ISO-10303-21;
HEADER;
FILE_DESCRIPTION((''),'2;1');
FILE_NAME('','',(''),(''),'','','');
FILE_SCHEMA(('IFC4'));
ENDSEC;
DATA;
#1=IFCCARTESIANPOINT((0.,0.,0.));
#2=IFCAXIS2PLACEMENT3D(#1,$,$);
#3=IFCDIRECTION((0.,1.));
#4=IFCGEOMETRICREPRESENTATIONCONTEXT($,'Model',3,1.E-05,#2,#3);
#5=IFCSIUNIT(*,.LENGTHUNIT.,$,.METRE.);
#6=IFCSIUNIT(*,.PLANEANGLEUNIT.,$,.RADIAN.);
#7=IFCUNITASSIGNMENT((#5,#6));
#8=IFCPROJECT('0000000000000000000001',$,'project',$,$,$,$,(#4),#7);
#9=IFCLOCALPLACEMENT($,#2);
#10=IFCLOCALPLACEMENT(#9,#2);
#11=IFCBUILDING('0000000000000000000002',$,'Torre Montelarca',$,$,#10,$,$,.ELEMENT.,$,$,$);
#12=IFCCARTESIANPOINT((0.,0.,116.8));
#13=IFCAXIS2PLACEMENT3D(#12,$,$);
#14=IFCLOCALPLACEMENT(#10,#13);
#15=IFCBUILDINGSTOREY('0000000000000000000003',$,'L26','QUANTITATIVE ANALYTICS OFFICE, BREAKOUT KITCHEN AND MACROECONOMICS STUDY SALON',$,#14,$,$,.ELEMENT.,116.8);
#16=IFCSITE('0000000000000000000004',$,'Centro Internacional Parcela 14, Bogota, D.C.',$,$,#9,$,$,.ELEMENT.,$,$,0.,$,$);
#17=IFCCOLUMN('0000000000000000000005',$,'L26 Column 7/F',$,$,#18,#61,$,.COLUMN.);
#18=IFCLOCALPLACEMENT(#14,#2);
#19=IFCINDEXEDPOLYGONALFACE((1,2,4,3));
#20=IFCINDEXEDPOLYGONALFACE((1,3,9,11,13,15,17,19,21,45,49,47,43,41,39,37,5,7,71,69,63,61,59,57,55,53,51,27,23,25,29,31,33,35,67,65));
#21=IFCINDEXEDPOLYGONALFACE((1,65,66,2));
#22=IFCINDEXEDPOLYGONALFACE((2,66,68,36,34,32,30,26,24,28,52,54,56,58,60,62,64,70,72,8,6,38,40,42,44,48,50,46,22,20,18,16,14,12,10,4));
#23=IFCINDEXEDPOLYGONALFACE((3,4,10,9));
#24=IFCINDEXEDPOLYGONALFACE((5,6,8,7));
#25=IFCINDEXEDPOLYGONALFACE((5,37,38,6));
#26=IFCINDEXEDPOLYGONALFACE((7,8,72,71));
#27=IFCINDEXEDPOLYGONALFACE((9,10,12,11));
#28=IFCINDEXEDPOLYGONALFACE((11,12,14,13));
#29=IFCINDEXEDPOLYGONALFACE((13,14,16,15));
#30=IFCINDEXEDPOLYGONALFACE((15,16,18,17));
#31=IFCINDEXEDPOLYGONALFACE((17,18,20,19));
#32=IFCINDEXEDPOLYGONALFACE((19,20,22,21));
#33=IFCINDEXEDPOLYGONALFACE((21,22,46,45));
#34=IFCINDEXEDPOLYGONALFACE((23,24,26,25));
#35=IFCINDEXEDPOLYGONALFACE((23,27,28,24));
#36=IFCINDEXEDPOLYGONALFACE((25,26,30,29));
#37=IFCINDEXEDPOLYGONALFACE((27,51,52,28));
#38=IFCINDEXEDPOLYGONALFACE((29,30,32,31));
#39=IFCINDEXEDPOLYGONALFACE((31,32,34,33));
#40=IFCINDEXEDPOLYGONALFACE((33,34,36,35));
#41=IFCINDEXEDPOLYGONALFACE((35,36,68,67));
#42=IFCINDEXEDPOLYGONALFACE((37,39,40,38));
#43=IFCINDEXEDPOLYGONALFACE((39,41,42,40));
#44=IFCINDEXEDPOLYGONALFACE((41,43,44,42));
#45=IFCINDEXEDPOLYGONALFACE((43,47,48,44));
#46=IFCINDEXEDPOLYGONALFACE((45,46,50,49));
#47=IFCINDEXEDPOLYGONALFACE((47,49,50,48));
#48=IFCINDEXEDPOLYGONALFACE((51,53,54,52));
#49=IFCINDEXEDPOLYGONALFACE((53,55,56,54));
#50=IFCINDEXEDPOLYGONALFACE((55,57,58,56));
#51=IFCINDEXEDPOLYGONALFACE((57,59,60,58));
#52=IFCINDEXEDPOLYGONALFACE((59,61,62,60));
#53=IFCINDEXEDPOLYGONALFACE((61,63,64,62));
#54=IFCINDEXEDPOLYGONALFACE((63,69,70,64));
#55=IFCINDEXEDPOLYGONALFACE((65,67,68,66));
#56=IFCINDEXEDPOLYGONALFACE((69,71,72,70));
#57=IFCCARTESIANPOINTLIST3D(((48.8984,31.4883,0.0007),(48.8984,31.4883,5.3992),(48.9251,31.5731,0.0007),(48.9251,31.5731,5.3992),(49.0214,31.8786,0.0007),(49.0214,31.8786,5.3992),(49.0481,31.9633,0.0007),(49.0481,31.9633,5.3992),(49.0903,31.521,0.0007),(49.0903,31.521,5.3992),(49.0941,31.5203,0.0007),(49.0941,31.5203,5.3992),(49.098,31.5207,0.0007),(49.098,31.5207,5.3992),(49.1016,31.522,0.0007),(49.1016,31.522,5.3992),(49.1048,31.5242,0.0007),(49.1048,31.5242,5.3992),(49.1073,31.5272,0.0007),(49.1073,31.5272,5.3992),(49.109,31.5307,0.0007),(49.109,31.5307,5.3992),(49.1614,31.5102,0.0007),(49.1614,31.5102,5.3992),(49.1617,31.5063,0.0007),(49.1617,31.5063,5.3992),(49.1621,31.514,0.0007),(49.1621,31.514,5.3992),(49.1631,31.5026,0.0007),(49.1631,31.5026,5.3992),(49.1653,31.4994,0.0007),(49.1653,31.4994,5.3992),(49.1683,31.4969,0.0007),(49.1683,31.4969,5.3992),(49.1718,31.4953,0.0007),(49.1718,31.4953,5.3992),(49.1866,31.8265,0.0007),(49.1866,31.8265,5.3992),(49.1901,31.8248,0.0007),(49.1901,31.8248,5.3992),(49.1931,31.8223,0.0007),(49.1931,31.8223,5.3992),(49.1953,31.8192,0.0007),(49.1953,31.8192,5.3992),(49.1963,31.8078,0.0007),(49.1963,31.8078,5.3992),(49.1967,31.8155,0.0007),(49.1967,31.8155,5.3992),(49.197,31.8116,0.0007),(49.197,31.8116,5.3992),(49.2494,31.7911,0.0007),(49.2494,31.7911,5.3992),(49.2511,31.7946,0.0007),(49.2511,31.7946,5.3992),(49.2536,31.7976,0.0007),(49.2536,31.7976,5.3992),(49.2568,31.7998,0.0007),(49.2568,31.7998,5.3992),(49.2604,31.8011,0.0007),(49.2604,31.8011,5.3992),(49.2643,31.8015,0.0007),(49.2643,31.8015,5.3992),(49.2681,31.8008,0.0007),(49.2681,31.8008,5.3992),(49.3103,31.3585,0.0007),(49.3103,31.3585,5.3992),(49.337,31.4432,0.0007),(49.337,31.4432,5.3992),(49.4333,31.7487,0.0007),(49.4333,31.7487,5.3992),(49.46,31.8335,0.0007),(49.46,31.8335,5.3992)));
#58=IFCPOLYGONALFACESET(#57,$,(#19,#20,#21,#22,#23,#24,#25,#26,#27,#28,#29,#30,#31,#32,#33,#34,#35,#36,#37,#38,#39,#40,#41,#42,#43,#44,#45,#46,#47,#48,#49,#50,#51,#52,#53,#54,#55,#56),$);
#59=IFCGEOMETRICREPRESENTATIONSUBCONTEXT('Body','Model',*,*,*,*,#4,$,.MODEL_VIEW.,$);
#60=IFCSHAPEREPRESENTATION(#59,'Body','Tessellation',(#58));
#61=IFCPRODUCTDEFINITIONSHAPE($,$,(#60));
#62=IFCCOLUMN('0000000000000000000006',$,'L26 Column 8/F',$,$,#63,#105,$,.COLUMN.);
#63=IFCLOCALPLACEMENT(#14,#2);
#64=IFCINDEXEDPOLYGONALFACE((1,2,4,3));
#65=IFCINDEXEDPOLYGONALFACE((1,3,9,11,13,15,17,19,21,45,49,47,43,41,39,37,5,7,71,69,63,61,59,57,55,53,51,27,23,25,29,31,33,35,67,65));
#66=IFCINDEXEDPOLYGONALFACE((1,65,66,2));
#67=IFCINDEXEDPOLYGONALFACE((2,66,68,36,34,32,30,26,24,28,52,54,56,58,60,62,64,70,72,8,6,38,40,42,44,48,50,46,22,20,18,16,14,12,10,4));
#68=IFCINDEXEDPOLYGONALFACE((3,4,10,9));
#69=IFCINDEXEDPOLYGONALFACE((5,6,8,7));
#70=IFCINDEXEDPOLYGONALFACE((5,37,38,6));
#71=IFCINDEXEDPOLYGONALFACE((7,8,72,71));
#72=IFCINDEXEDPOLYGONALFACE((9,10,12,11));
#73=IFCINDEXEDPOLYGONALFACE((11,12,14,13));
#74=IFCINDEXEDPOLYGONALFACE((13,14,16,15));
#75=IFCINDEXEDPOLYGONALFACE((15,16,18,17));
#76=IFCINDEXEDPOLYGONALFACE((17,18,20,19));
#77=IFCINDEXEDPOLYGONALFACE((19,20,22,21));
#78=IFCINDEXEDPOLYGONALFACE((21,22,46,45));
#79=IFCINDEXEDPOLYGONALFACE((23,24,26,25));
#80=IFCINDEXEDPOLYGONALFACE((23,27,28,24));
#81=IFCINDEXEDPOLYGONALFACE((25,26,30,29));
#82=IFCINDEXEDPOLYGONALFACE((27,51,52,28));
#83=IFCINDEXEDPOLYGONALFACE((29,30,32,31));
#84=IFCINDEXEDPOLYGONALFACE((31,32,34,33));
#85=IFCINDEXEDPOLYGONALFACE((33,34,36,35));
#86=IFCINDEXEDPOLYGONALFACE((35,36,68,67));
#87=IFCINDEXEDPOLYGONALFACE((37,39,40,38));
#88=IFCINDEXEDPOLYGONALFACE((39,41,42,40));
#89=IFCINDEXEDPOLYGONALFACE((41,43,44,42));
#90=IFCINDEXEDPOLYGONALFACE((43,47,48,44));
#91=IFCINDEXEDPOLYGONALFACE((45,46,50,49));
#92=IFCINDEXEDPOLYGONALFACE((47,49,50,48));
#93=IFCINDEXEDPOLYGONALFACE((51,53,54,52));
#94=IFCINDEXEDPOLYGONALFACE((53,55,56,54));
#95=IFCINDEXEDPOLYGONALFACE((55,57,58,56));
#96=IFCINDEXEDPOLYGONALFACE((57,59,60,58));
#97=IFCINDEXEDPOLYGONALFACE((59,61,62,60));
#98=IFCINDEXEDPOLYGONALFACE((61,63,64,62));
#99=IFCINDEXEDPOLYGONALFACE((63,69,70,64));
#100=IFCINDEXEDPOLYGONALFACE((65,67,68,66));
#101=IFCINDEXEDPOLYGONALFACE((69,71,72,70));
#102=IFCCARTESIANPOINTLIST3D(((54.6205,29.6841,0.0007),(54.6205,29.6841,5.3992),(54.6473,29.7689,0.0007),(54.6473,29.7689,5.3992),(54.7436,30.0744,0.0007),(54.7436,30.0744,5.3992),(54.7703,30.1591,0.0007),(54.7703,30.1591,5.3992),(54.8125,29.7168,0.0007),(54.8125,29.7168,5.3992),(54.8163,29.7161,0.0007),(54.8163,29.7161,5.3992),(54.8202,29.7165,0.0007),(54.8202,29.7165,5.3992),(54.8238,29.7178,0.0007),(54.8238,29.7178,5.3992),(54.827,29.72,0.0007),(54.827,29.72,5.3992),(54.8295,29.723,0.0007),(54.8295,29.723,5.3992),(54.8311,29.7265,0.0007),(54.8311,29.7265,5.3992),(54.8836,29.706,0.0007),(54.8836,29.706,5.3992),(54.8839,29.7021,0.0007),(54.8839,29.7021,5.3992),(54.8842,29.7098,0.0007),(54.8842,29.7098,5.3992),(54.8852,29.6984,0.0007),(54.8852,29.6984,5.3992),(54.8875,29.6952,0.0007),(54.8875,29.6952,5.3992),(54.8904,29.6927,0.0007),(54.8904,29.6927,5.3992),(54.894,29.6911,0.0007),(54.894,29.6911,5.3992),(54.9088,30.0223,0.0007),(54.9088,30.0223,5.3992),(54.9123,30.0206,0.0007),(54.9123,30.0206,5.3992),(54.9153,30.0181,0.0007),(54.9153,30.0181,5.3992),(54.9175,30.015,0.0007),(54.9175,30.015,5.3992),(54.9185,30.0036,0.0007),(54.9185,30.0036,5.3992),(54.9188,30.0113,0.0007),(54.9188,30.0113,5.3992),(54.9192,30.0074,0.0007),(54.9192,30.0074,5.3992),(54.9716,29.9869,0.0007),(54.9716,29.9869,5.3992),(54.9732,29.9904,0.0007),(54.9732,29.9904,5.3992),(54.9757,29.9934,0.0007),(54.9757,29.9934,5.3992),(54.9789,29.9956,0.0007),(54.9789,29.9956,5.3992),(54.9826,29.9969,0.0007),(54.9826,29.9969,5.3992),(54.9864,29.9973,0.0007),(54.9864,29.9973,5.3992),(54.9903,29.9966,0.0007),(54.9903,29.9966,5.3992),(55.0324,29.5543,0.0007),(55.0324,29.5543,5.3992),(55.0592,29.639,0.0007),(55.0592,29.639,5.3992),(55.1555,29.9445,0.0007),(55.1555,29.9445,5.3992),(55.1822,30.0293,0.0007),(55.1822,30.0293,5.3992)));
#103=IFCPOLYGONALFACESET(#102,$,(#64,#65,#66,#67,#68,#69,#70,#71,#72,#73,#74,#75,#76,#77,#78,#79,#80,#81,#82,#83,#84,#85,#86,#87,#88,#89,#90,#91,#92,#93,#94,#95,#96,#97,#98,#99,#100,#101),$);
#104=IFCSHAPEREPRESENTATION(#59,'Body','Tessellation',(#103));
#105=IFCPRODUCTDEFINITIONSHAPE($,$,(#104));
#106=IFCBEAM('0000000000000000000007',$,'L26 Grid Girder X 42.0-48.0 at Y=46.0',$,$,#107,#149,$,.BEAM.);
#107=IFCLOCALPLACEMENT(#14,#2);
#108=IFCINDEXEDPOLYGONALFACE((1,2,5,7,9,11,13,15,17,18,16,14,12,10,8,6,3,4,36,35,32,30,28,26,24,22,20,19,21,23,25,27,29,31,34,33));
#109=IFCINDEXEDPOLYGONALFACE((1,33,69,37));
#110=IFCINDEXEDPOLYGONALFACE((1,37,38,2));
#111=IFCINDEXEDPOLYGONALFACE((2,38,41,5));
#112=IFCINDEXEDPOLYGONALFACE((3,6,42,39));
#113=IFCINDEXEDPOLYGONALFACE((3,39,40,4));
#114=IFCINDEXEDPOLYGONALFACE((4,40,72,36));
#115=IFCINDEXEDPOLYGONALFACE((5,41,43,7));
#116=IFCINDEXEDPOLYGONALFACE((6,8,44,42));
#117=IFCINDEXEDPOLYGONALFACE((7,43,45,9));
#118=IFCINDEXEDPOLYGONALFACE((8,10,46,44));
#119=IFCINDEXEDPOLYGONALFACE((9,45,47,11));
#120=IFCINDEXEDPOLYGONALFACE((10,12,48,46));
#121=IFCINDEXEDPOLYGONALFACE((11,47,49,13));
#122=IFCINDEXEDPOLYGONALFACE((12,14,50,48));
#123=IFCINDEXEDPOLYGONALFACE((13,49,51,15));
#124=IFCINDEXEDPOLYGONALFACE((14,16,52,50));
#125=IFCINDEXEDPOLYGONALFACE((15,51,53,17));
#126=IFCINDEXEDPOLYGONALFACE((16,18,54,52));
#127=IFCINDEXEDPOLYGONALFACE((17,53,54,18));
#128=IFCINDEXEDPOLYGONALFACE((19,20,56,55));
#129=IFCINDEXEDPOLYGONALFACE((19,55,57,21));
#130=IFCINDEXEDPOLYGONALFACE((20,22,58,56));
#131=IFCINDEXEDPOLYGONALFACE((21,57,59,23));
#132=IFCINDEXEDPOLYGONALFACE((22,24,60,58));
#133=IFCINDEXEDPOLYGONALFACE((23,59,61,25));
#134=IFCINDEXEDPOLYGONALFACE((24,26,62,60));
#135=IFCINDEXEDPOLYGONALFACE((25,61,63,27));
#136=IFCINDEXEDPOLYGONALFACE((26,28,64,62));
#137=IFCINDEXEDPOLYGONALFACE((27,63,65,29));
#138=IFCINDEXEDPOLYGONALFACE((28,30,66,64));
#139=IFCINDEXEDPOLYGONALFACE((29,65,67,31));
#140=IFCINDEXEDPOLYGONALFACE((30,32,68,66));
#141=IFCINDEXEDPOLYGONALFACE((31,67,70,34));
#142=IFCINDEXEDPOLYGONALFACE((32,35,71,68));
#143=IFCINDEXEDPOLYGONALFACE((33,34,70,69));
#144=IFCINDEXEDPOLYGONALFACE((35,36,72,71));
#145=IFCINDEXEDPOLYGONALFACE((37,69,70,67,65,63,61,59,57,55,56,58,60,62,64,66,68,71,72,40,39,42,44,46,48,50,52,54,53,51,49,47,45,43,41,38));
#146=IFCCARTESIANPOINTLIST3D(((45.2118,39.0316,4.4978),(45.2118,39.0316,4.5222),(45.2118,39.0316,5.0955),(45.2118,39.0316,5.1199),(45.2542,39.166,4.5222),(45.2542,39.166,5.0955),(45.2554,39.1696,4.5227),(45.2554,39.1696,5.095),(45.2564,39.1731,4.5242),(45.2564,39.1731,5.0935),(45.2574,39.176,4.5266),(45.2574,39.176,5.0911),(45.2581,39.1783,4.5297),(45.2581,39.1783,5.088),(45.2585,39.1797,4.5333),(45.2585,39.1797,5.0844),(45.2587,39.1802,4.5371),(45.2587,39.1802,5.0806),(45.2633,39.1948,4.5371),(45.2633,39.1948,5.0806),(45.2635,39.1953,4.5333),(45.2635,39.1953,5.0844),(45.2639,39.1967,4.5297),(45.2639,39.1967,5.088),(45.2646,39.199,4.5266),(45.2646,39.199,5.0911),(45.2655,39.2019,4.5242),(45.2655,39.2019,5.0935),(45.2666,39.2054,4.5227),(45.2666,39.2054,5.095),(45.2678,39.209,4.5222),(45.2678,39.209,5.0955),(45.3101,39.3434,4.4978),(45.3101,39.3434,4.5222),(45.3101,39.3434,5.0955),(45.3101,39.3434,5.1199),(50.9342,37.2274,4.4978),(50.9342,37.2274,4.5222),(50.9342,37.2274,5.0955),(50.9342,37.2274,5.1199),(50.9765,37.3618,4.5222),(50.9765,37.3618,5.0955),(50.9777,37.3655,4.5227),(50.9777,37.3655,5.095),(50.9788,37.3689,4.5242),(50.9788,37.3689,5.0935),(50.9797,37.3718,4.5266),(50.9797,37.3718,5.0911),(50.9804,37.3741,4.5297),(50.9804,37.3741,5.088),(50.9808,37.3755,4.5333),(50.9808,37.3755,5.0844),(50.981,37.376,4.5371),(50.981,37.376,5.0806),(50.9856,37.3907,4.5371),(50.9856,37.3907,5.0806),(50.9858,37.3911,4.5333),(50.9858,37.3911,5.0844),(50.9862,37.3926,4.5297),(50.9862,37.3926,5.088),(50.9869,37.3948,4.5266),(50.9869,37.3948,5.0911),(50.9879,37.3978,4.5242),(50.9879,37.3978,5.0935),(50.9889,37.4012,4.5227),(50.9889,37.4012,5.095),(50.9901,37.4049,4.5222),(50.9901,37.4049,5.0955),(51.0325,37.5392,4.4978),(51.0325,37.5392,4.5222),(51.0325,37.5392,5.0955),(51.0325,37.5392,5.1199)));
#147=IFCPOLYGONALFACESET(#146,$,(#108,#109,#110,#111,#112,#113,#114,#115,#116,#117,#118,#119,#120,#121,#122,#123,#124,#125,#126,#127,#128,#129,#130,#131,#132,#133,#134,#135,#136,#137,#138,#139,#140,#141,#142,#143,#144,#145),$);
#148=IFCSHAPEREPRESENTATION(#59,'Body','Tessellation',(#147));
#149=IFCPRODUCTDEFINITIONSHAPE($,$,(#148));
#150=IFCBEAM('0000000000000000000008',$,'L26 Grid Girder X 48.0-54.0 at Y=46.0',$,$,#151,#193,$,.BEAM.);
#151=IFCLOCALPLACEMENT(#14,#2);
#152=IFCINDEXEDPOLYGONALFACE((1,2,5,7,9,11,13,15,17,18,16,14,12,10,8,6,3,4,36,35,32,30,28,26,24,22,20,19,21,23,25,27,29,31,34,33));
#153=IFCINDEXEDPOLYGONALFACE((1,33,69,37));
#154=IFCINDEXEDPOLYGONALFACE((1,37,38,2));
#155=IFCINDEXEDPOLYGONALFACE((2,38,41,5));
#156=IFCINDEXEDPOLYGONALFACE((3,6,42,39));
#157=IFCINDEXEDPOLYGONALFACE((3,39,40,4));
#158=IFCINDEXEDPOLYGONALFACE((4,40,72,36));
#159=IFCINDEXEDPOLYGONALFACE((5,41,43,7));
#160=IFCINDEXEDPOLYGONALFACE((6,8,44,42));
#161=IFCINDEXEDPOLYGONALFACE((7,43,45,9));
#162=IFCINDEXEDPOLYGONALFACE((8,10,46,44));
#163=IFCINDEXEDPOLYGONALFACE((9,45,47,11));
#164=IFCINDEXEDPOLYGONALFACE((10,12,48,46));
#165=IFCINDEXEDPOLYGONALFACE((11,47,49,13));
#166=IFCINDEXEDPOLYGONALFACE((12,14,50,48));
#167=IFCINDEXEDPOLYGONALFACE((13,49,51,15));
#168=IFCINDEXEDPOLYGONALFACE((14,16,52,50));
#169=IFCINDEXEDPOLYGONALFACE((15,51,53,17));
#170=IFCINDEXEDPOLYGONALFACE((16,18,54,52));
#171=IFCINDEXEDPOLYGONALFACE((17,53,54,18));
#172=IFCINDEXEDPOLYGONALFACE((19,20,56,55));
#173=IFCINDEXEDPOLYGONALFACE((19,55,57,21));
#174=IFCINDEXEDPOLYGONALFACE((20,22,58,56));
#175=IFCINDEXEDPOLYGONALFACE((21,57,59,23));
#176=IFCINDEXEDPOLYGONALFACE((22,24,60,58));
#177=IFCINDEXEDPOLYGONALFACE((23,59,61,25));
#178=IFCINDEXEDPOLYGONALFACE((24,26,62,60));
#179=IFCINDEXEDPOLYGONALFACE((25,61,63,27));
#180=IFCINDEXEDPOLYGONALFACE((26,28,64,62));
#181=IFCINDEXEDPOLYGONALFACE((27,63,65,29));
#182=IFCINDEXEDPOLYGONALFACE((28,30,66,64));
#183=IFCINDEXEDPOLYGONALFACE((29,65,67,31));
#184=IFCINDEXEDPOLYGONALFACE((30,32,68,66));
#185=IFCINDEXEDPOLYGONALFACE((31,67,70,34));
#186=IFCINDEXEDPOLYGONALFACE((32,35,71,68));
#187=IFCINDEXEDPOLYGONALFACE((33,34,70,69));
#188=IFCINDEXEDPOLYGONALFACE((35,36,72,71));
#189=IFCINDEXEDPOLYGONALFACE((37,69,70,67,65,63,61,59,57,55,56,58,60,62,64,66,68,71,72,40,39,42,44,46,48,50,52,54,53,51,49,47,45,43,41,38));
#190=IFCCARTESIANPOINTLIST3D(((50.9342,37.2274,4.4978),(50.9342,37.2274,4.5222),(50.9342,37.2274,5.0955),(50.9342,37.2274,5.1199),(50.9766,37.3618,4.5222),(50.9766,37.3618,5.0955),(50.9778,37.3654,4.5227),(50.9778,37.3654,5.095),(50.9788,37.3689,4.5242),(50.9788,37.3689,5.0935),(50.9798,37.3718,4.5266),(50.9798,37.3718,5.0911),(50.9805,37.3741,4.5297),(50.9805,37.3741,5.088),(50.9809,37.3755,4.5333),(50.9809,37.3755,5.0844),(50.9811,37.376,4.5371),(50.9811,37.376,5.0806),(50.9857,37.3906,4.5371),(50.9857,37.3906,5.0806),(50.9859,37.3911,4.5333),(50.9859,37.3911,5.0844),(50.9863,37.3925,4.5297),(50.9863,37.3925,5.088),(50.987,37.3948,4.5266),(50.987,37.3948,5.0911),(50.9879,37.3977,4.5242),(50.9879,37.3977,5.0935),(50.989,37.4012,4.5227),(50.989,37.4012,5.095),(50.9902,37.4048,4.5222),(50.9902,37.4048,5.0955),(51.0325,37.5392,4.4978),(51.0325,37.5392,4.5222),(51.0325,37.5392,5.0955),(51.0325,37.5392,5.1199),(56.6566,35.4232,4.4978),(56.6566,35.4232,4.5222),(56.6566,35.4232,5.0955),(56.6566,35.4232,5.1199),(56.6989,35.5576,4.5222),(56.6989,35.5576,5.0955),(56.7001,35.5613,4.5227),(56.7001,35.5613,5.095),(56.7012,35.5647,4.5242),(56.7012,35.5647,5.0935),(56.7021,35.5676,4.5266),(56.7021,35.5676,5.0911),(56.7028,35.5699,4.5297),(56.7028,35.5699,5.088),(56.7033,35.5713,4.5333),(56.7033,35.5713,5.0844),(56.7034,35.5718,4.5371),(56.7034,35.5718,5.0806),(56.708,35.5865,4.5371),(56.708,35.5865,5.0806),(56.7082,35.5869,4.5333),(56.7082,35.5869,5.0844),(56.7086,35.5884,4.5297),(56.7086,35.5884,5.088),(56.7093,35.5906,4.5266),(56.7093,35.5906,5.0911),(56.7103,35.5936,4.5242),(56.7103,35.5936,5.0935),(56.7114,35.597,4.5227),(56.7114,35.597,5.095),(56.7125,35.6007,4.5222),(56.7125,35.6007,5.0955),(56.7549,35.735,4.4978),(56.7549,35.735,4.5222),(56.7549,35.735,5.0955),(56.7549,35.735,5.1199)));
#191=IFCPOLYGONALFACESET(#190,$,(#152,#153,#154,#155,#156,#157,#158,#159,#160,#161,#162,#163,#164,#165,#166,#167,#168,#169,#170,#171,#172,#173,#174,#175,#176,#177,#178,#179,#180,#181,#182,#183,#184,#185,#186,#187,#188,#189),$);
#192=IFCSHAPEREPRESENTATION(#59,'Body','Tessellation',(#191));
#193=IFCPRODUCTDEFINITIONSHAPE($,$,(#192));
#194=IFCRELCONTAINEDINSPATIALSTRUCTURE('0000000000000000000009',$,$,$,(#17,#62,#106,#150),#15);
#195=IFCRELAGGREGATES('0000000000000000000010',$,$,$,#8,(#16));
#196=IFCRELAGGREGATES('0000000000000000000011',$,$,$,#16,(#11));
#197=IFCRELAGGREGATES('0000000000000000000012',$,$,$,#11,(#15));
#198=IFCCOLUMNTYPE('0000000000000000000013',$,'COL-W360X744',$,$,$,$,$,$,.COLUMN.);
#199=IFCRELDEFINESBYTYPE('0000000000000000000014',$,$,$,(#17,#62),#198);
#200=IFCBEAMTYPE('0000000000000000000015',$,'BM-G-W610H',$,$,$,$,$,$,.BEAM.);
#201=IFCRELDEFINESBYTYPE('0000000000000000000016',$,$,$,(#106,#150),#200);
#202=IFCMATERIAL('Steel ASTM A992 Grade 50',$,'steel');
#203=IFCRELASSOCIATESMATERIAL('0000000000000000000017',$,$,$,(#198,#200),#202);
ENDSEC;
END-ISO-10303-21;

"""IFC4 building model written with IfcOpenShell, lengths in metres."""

from ifc_helpers import new_model, si_unit, direction, frame, origin, origin_2d, place, context, subcontext, project, spatial, i_section, extrude, source, transform, mapped, material, material_profile, profile_set, type_object, element, save


model = new_model("IFC4")

# Units and contexts
model_context = context("Model", 3, precision=1e-05, world=origin(), true_north=direction((0.0, 1.0)))
body_context = subcontext(model_context, "Body", "Model", "MODEL_VIEW")
ifc_project = project(units=[si_unit("LENGTHUNIT", "METRE"), si_unit("PLANEANGLEUNIT", "RADIAN")], contexts=[model_context])

# Site, building, storey
site_placement = place(None, origin())
site = spatial("IfcSite", under=ifc_project, at=site_placement, Name="Centro Internacional Parcela 14, Bogota, D.C.", CompositionType="ELEMENT", RefElevation=0.0)
building_placement = place(site_placement, origin())
building = spatial("IfcBuilding", under=site, at=building_placement, Name="Torre Montelarca", CompositionType="ELEMENT")
storey_placement = place(building_placement, frame((0.0, 0.0, 116.8)))
storey = spatial("IfcBuildingStorey", under=building, at=storey_placement, Name="L26", Description="QUANTITATIVE ANALYTICS OFFICE, BREAKOUT KITCHEN AND MACROECONOMICS STUDY SALON", CompositionType="ELEMENT", Elevation=116.8)

# Columns
ifc_material_1 = material(Name="Steel ASTM A992 Grade 50", Category="steel")
ifc_material_profile_1 = material_profile(ifc_material_1, i_section(OverallWidth=0.4319, OverallDepth=0.498, WebThickness=0.0557, FlangeThickness=0.0889, FilletRadius=0.0149, at=origin_2d()), Name="W360X744", Category="steel")
ifc_profile_set_1 = profile_set([ifc_material_profile_1], Name="Steel ASTM A992 Grade 50")
column_type_1 = type_object("IfcColumnType", Name="COL-W360X744", PredefinedType="COLUMN", material=ifc_profile_set_1)
shared_shape_1 = source(origin(), body_context, "Body", "SweptSolid", [
    extrude(i_section(OverallWidth=0.4319, OverallDepth=0.498, WebThickness=0.0557, FlangeThickness=0.0889, FilletRadius=0.0149, at=origin_2d()), origin(), (0.0, 0.0, 1.0), 5.3984),
])
for number, where, z_axis, x_axis, name in (
    (1, (49.1792, 31.6609, 0.0007), (0.0, 0.0, 1.0), (-0.953717, 0.300706, 0.0), "L26 Column 7/F"),
    (2, (54.9014, 29.8567, 0.0007), (0.0, 0.0, 1.0), (-0.953717, 0.300706, 0.0), "L26 Column 8/F"),
):
    element("IfcColumn", number, at=place(storey_placement, frame(where, z_axis=z_axis, x_axis=x_axis)), inside=storey, type_object=column_type_1, Name=name, PredefinedType="COLUMN", context=body_context, shape_type="MappedRepresentation", body=[
        mapped(shared_shape_1, transform((0.0, 0.0, 0.0), scale=1.0)),
    ])

# Beams
ifc_material_profile_2 = material_profile(ifc_material_1, i_section(OverallWidth=0.3269, OverallDepth=0.6221, WebThickness=0.0154, FlangeThickness=0.0244, FilletRadius=0.0149, at=origin_2d()), Name="W610X195", Category="steel")
ifc_profile_set_2 = profile_set([ifc_material_profile_2], Name="Steel ASTM A992 Grade 50")
beam_type_1 = type_object("IfcBeamType", Name="BM-G-W610H", PredefinedType="BEAM", material=ifc_profile_set_2)
shared_shape_2 = source(origin(), body_context, "Body", "SweptSolid", [
    extrude(i_section(OverallWidth=0.3269, OverallDepth=0.6221, WebThickness=0.0154, FlangeThickness=0.0244, FilletRadius=0.0149, at=origin_2d()), origin(), (0.0, 0.0, 1.0), 6.0),
])
for number, where, z_axis, x_axis, name in (
    (3, (45.261, 39.1875, 4.8088), (0.95372, -0.300695, 0.0), (0.300695, 0.95372, 0.0), "L26 Grid Girder X 42.0-48.0 at Y=46.0"),
    (4, (50.9834, 37.3833, 4.8088), (0.95372, -0.300695, 0.0), (0.300695, 0.95372, 0.0), "L26 Grid Girder X 48.0-54.0 at Y=46.0"),
):
    element("IfcBeam", number, at=place(storey_placement, frame(where, z_axis=z_axis, x_axis=x_axis)), inside=storey, type_object=beam_type_1, Name=name, PredefinedType="BEAM", context=body_context, shape_type="MappedRepresentation", body=[
        mapped(shared_shape_2, transform((0.0, 0.0, 0.0), scale=1.0)),
    ])

save(model, "model.ifc")
